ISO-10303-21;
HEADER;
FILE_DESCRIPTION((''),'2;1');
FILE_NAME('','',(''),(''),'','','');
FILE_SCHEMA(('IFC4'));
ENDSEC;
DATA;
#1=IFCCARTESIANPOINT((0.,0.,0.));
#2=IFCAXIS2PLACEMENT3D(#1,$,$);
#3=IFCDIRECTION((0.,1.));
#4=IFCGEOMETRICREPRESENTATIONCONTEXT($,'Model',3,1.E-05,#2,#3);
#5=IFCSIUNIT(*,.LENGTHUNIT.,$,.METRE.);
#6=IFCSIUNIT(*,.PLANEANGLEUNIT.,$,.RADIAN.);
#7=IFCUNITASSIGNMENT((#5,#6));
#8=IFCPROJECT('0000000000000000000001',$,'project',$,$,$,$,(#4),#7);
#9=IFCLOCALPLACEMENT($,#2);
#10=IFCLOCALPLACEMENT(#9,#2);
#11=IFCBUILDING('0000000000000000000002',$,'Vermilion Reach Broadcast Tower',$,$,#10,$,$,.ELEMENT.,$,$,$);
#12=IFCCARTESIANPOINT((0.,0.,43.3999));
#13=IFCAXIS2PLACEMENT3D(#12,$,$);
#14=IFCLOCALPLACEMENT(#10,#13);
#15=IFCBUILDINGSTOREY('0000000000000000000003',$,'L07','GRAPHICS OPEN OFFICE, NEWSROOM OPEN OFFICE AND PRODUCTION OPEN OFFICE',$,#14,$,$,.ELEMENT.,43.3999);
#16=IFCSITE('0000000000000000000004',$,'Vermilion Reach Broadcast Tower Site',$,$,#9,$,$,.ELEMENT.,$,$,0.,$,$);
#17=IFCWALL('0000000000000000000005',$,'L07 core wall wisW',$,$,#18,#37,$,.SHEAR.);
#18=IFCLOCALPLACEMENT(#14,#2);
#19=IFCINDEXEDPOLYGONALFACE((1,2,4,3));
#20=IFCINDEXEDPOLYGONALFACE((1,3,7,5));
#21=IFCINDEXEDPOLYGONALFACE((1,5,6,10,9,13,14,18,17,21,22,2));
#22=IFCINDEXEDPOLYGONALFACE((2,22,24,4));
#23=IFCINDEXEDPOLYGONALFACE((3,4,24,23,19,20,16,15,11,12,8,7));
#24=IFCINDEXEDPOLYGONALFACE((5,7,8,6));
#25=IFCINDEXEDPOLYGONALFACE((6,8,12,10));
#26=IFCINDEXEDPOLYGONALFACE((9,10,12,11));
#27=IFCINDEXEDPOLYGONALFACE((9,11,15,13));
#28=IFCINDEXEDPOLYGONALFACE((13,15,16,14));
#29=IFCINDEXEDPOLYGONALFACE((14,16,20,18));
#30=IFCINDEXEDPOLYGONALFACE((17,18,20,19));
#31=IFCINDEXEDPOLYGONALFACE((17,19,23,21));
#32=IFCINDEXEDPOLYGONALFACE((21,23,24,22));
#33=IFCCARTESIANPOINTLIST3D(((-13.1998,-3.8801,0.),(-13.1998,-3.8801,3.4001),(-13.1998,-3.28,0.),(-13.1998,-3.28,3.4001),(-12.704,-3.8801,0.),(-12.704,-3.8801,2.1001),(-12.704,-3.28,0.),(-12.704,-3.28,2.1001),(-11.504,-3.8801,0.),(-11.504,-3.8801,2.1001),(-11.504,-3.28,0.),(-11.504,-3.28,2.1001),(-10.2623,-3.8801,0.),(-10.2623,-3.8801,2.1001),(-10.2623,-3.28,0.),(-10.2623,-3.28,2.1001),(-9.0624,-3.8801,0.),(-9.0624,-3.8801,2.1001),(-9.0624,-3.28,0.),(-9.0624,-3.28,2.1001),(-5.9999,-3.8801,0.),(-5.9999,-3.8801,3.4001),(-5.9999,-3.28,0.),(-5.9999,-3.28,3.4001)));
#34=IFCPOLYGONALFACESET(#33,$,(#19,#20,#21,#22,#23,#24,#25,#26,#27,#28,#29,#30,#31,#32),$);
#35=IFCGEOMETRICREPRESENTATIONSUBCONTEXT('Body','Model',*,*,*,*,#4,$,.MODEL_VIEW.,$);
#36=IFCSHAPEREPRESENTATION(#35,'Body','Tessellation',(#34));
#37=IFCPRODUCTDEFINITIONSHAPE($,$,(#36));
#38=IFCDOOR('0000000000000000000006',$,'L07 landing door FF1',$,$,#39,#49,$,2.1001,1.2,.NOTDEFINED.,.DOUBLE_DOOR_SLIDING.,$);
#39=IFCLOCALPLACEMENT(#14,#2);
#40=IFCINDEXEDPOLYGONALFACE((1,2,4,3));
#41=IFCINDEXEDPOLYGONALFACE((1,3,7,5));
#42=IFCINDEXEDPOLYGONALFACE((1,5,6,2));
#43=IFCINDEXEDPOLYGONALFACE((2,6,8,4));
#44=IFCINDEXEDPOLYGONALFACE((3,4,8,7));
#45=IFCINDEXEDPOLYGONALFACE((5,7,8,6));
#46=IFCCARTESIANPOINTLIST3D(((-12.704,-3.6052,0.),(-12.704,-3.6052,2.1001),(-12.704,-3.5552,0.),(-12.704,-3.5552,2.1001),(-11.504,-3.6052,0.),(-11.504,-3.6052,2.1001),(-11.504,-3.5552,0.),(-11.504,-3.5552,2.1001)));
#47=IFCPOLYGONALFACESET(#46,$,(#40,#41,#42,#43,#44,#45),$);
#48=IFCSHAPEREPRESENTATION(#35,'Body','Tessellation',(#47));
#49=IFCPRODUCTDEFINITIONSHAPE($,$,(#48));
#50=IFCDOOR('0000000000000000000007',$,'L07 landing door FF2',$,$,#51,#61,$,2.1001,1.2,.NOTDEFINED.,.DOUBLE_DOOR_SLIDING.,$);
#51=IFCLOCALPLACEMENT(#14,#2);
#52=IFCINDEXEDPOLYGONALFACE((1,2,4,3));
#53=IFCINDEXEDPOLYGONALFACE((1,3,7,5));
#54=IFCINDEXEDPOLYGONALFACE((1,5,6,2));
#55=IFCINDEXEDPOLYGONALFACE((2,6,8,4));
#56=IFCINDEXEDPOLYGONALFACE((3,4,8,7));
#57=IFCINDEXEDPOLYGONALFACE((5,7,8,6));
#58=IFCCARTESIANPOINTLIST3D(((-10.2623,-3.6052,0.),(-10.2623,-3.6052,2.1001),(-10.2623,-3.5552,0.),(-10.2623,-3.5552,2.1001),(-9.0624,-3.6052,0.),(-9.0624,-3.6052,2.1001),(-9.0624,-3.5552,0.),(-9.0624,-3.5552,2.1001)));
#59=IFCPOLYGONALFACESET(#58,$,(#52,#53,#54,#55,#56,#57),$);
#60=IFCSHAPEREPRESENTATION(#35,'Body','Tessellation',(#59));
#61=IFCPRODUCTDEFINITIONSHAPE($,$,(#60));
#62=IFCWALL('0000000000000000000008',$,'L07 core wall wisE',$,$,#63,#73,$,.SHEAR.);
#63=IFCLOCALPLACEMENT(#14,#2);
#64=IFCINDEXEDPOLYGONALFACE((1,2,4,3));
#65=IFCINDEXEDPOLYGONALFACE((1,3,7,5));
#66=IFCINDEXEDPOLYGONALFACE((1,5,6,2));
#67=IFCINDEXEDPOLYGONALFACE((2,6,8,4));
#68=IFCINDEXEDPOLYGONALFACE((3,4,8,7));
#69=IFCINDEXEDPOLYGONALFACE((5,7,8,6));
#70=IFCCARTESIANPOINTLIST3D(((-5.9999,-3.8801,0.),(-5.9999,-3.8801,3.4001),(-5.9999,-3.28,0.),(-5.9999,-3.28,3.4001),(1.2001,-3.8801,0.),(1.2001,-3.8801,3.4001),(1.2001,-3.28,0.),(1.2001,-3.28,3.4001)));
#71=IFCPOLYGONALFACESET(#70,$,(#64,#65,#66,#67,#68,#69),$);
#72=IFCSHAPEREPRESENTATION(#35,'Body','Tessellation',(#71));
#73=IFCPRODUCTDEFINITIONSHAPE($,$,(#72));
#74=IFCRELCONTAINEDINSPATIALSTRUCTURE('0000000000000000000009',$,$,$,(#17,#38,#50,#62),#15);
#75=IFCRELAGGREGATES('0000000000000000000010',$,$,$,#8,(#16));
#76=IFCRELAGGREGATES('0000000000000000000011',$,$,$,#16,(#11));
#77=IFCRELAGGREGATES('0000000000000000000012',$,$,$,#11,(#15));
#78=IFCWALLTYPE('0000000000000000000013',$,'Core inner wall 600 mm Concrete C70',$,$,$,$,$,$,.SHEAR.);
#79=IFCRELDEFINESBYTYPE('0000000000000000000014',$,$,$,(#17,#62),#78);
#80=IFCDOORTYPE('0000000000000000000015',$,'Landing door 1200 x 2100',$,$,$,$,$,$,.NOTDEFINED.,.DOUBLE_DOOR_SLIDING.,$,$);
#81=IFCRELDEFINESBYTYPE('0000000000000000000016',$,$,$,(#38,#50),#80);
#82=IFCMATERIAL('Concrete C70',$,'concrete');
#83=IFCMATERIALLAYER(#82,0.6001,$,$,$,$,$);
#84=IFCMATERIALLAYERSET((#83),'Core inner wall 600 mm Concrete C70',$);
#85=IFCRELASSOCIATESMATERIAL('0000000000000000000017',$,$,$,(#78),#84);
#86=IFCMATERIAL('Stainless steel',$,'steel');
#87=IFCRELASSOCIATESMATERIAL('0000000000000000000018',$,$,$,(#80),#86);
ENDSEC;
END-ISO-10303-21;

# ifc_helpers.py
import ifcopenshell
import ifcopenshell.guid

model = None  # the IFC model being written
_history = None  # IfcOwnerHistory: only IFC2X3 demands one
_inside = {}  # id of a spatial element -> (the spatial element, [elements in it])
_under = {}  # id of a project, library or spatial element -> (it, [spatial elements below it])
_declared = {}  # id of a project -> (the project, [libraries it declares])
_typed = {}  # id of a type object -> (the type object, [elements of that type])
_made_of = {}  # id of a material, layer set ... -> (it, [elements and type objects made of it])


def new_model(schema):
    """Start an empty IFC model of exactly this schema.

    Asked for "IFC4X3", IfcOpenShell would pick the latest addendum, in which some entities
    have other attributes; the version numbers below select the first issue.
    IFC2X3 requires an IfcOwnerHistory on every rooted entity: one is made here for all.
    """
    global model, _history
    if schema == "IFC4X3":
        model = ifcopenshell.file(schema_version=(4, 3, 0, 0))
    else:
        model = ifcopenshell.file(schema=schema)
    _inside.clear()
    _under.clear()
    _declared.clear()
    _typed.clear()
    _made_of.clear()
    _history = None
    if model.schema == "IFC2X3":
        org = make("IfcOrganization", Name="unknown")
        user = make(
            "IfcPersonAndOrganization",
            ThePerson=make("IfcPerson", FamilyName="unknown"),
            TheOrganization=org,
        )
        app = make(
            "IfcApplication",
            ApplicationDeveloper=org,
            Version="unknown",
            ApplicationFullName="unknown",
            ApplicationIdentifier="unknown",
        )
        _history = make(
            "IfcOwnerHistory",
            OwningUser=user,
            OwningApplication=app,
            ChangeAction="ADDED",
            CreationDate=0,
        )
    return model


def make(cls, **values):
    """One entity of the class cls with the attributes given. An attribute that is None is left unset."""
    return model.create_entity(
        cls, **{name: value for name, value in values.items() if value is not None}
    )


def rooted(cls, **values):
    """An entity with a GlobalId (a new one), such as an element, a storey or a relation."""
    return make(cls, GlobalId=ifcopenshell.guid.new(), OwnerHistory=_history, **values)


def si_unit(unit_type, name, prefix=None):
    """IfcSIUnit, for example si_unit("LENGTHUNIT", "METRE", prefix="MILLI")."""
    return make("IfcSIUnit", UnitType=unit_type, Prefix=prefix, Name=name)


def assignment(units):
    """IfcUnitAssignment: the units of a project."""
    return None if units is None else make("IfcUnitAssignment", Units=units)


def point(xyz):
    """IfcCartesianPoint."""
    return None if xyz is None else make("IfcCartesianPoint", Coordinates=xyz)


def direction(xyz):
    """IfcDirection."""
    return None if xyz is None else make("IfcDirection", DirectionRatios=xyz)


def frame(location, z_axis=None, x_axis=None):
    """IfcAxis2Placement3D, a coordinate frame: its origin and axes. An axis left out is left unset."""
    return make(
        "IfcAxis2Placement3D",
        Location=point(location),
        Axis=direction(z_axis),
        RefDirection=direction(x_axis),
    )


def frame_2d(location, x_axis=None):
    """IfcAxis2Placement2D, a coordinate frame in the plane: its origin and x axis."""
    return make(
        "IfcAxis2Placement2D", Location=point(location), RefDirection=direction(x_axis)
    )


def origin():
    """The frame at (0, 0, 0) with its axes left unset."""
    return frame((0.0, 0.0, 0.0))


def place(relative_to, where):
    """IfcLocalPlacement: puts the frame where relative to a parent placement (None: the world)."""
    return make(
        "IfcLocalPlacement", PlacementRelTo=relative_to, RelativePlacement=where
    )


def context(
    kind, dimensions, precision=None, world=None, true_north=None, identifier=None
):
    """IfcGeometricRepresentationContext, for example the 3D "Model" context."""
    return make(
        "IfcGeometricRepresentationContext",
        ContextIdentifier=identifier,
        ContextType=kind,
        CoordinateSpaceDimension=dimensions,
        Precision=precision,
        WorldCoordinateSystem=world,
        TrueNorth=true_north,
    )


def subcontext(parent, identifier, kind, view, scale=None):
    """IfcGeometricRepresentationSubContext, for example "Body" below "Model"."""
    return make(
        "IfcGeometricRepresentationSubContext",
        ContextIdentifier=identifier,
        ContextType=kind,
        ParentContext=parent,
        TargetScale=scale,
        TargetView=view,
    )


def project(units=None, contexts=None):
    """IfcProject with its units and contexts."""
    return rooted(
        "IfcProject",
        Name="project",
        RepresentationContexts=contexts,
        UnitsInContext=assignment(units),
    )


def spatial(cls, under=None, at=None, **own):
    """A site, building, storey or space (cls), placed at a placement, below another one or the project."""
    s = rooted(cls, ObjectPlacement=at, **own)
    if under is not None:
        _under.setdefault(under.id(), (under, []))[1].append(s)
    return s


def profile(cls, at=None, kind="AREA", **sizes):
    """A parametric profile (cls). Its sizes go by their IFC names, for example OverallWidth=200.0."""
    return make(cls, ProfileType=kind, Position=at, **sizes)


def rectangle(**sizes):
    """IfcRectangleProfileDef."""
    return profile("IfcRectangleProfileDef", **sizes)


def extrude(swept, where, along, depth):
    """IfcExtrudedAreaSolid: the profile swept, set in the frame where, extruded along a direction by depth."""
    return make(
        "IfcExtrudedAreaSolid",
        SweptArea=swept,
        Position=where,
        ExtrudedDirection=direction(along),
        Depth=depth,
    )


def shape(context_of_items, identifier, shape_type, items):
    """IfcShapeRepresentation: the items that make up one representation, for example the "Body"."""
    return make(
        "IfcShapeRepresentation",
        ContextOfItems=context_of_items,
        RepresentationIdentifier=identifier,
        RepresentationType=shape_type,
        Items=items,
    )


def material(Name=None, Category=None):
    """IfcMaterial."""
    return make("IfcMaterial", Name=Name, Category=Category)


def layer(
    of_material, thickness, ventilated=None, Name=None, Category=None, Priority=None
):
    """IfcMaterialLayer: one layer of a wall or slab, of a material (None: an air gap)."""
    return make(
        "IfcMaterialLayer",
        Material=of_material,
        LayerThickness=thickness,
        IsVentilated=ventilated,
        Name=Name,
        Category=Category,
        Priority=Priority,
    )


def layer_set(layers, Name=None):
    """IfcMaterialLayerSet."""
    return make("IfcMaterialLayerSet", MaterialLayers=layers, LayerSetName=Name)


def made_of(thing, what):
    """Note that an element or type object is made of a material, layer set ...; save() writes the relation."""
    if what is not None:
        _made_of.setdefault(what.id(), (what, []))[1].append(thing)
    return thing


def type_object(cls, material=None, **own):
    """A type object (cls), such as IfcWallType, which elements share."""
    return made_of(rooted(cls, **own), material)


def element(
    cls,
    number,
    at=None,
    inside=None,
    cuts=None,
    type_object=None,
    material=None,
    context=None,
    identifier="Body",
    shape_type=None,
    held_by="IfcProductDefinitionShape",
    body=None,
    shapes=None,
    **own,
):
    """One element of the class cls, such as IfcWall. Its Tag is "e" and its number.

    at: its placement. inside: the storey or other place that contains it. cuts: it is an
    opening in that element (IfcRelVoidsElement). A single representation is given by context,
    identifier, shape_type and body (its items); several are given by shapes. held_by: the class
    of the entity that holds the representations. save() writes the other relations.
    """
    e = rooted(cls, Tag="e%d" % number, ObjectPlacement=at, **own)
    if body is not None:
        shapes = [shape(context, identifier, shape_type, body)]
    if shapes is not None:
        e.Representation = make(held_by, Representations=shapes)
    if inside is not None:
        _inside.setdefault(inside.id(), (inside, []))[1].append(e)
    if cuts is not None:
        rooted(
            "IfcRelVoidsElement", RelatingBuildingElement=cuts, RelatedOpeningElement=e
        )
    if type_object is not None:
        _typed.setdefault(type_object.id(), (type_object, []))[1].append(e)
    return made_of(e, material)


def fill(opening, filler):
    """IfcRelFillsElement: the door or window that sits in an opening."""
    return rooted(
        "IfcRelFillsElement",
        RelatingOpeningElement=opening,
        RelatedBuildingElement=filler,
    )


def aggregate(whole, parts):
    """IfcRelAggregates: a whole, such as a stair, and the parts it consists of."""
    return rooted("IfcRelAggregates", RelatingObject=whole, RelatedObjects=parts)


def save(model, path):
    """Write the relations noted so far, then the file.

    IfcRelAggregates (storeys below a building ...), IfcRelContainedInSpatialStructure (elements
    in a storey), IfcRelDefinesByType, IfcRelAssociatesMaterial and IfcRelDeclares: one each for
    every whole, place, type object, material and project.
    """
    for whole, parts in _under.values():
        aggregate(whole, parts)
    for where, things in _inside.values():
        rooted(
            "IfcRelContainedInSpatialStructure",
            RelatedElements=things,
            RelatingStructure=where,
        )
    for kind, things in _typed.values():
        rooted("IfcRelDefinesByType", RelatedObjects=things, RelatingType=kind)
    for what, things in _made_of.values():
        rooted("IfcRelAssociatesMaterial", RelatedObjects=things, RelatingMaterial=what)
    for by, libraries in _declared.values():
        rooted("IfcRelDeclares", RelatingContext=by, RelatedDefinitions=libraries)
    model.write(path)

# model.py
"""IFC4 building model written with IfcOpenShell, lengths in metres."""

from ifc_helpers import new_model, si_unit, direction, frame, frame_2d, origin, place, context, subcontext, project, spatial, rectangle, extrude, material, layer, layer_set, type_object, element, fill, save


model = new_model("IFC4")

# Units and contexts
model_context = context("Model", 3, precision=1e-05, world=origin(), true_north=direction((0.0, 1.0)))
body_context = subcontext(model_context, "Body", "Model", "MODEL_VIEW")
ifc_project = project(units=[si_unit("LENGTHUNIT", "METRE"), si_unit("PLANEANGLEUNIT", "RADIAN")], contexts=[model_context])

# Site, building, storey
site_placement = place(None, origin())
site = spatial("IfcSite", under=ifc_project, at=site_placement, Name="Vermilion Reach Broadcast Tower Site", CompositionType="ELEMENT", RefElevation=0.0)
building_placement = place(site_placement, origin())
building = spatial("IfcBuilding", under=site, at=building_placement, Name="Vermilion Reach Broadcast Tower", CompositionType="ELEMENT")
storey_placement = place(building_placement, frame((0.0, 0.0, 43.3999)))
storey = spatial("IfcBuildingStorey", under=building, at=storey_placement, Name="L07", Description="GRAPHICS OPEN OFFICE, NEWSROOM OPEN OFFICE AND PRODUCTION OPEN OFFICE", CompositionType="ELEMENT", Elevation=43.3999)

# Wall, openings, doors
ifc_material_1 = material(Name="Concrete C70", Category="concrete")
ifc_layer_1 = layer(ifc_material_1, 0.6001)
ifc_layer_set_1 = layer_set([ifc_layer_1], Name="Core inner wall 600 mm Concrete C70")
wall_type_1 = type_object("IfcWallType", Name="Core inner wall 600 mm Concrete C70", PredefinedType="SHEAR", material=ifc_layer_set_1)
wall_1_placement = place(storey_placement, frame((-13.2, -3.5801, 0.0), z_axis=(0.0, 0.0, 1.0), x_axis=(1.0, 0.0, 0.0)))
wall_1 = element("IfcWall", 1, at=wall_1_placement, inside=storey, type_object=wall_type_1, Name="L07 core wall wisW", PredefinedType="SHEAR", context=body_context, shape_type="SweptSolid", body=[
    extrude(rectangle(XDim=7.2, YDim=0.6001, at=frame_2d((3.6001, 0.0))), origin(), (0.0, 0.0, 1.0), 3.4001),
])
opening_1_placement = place(wall_1_placement, frame((0.4958, 0.0, 0.0)))
opening_1 = element("IfcOpeningElement", 2, at=opening_1_placement, cuts=wall_1, PredefinedType="OPENING", context=body_context, shape_type="SweptSolid", body=[
    extrude(rectangle(XDim=1.2, YDim=2.1001, at=frame_2d((0.6001, 1.05))), frame((0.0, 0.3101, 0.0), z_axis=(0.0, -1.0, 0.0), x_axis=(1.0, 0.0, 0.0)), (0.0, 0.0, 1.0), 0.6201),
])
opening_2_placement = place(wall_1_placement, frame((2.9375, 0.0, 0.0)))
opening_2 = element("IfcOpeningElement", 3, at=opening_2_placement, cuts=wall_1, PredefinedType="OPENING", context=body_context, shape_type="SweptSolid", body=[
    extrude(rectangle(XDim=1.2, YDim=2.1001, at=frame_2d((0.6001, 1.05))), frame((0.0, 0.3101, 0.0), z_axis=(0.0, -1.0, 0.0), x_axis=(1.0, 0.0, 0.0)), (0.0, 0.0, 1.0), 0.6201),
])
ifc_material_2 = material(Name="Stainless steel", Category="steel")
door_type_1 = type_object("IfcDoorType", Name="Landing door 1200 x 2100", OperationType="DOUBLE_DOOR_SLIDING", PredefinedType="NOTDEFINED", material=ifc_material_2)
door_1_placement = place(opening_1_placement, origin())
door_1 = element("IfcDoor", 4, at=door_1_placement, inside=storey, type_object=door_type_1, Name="L07 landing door FF1", OperationType="DOUBLE_DOOR_SLIDING", OverallHeight=2.1001, OverallWidth=1.2, PredefinedType="NOTDEFINED", context=body_context, shape_type="SweptSolid", body=[
    extrude(rectangle(XDim=1.2, YDim=2.1001, at=frame_2d((0.6001, 1.05))), frame((0.0, 0.0249, 0.0), z_axis=(0.0, -1.0, 0.0), x_axis=(1.0, 0.0, 0.0)), (0.0, 0.0, 1.0), 0.05),
])
fill(opening_1, door_1)
door_2_placement = place(opening_2_placement, origin())
door_2 = element("IfcDoor", 5, at=door_2_placement, inside=storey, type_object=door_type_1, Name="L07 landing door FF2", OperationType="DOUBLE_DOOR_SLIDING", OverallHeight=2.1001, OverallWidth=1.2, PredefinedType="NOTDEFINED", context=body_context, shape_type="SweptSolid", body=[
    extrude(rectangle(XDim=1.2, YDim=2.1001, at=frame_2d((0.6001, 1.05))), frame((0.0, 0.0249, 0.0), z_axis=(0.0, -1.0, 0.0), x_axis=(1.0, 0.0, 0.0)), (0.0, 0.0, 1.0), 0.05),
])
fill(opening_2, door_2)

# Wall
wall_2_placement = place(storey_placement, frame((-6.0, -3.5801, 0.0), z_axis=(0.0, 0.0, 1.0), x_axis=(1.0, 0.0, 0.0)))
element("IfcWall", 6, at=wall_2_placement, inside=storey, type_object=wall_type_1, Name="L07 core wall wisE", PredefinedType="SHEAR", context=body_context, shape_type="SweptSolid", body=[
    extrude(rectangle(XDim=7.2, YDim=0.6001, at=frame_2d((3.6001, 0.0))), origin(), (0.0, 0.0, 1.0), 3.4001),
])

save(model, "model.ifc")
